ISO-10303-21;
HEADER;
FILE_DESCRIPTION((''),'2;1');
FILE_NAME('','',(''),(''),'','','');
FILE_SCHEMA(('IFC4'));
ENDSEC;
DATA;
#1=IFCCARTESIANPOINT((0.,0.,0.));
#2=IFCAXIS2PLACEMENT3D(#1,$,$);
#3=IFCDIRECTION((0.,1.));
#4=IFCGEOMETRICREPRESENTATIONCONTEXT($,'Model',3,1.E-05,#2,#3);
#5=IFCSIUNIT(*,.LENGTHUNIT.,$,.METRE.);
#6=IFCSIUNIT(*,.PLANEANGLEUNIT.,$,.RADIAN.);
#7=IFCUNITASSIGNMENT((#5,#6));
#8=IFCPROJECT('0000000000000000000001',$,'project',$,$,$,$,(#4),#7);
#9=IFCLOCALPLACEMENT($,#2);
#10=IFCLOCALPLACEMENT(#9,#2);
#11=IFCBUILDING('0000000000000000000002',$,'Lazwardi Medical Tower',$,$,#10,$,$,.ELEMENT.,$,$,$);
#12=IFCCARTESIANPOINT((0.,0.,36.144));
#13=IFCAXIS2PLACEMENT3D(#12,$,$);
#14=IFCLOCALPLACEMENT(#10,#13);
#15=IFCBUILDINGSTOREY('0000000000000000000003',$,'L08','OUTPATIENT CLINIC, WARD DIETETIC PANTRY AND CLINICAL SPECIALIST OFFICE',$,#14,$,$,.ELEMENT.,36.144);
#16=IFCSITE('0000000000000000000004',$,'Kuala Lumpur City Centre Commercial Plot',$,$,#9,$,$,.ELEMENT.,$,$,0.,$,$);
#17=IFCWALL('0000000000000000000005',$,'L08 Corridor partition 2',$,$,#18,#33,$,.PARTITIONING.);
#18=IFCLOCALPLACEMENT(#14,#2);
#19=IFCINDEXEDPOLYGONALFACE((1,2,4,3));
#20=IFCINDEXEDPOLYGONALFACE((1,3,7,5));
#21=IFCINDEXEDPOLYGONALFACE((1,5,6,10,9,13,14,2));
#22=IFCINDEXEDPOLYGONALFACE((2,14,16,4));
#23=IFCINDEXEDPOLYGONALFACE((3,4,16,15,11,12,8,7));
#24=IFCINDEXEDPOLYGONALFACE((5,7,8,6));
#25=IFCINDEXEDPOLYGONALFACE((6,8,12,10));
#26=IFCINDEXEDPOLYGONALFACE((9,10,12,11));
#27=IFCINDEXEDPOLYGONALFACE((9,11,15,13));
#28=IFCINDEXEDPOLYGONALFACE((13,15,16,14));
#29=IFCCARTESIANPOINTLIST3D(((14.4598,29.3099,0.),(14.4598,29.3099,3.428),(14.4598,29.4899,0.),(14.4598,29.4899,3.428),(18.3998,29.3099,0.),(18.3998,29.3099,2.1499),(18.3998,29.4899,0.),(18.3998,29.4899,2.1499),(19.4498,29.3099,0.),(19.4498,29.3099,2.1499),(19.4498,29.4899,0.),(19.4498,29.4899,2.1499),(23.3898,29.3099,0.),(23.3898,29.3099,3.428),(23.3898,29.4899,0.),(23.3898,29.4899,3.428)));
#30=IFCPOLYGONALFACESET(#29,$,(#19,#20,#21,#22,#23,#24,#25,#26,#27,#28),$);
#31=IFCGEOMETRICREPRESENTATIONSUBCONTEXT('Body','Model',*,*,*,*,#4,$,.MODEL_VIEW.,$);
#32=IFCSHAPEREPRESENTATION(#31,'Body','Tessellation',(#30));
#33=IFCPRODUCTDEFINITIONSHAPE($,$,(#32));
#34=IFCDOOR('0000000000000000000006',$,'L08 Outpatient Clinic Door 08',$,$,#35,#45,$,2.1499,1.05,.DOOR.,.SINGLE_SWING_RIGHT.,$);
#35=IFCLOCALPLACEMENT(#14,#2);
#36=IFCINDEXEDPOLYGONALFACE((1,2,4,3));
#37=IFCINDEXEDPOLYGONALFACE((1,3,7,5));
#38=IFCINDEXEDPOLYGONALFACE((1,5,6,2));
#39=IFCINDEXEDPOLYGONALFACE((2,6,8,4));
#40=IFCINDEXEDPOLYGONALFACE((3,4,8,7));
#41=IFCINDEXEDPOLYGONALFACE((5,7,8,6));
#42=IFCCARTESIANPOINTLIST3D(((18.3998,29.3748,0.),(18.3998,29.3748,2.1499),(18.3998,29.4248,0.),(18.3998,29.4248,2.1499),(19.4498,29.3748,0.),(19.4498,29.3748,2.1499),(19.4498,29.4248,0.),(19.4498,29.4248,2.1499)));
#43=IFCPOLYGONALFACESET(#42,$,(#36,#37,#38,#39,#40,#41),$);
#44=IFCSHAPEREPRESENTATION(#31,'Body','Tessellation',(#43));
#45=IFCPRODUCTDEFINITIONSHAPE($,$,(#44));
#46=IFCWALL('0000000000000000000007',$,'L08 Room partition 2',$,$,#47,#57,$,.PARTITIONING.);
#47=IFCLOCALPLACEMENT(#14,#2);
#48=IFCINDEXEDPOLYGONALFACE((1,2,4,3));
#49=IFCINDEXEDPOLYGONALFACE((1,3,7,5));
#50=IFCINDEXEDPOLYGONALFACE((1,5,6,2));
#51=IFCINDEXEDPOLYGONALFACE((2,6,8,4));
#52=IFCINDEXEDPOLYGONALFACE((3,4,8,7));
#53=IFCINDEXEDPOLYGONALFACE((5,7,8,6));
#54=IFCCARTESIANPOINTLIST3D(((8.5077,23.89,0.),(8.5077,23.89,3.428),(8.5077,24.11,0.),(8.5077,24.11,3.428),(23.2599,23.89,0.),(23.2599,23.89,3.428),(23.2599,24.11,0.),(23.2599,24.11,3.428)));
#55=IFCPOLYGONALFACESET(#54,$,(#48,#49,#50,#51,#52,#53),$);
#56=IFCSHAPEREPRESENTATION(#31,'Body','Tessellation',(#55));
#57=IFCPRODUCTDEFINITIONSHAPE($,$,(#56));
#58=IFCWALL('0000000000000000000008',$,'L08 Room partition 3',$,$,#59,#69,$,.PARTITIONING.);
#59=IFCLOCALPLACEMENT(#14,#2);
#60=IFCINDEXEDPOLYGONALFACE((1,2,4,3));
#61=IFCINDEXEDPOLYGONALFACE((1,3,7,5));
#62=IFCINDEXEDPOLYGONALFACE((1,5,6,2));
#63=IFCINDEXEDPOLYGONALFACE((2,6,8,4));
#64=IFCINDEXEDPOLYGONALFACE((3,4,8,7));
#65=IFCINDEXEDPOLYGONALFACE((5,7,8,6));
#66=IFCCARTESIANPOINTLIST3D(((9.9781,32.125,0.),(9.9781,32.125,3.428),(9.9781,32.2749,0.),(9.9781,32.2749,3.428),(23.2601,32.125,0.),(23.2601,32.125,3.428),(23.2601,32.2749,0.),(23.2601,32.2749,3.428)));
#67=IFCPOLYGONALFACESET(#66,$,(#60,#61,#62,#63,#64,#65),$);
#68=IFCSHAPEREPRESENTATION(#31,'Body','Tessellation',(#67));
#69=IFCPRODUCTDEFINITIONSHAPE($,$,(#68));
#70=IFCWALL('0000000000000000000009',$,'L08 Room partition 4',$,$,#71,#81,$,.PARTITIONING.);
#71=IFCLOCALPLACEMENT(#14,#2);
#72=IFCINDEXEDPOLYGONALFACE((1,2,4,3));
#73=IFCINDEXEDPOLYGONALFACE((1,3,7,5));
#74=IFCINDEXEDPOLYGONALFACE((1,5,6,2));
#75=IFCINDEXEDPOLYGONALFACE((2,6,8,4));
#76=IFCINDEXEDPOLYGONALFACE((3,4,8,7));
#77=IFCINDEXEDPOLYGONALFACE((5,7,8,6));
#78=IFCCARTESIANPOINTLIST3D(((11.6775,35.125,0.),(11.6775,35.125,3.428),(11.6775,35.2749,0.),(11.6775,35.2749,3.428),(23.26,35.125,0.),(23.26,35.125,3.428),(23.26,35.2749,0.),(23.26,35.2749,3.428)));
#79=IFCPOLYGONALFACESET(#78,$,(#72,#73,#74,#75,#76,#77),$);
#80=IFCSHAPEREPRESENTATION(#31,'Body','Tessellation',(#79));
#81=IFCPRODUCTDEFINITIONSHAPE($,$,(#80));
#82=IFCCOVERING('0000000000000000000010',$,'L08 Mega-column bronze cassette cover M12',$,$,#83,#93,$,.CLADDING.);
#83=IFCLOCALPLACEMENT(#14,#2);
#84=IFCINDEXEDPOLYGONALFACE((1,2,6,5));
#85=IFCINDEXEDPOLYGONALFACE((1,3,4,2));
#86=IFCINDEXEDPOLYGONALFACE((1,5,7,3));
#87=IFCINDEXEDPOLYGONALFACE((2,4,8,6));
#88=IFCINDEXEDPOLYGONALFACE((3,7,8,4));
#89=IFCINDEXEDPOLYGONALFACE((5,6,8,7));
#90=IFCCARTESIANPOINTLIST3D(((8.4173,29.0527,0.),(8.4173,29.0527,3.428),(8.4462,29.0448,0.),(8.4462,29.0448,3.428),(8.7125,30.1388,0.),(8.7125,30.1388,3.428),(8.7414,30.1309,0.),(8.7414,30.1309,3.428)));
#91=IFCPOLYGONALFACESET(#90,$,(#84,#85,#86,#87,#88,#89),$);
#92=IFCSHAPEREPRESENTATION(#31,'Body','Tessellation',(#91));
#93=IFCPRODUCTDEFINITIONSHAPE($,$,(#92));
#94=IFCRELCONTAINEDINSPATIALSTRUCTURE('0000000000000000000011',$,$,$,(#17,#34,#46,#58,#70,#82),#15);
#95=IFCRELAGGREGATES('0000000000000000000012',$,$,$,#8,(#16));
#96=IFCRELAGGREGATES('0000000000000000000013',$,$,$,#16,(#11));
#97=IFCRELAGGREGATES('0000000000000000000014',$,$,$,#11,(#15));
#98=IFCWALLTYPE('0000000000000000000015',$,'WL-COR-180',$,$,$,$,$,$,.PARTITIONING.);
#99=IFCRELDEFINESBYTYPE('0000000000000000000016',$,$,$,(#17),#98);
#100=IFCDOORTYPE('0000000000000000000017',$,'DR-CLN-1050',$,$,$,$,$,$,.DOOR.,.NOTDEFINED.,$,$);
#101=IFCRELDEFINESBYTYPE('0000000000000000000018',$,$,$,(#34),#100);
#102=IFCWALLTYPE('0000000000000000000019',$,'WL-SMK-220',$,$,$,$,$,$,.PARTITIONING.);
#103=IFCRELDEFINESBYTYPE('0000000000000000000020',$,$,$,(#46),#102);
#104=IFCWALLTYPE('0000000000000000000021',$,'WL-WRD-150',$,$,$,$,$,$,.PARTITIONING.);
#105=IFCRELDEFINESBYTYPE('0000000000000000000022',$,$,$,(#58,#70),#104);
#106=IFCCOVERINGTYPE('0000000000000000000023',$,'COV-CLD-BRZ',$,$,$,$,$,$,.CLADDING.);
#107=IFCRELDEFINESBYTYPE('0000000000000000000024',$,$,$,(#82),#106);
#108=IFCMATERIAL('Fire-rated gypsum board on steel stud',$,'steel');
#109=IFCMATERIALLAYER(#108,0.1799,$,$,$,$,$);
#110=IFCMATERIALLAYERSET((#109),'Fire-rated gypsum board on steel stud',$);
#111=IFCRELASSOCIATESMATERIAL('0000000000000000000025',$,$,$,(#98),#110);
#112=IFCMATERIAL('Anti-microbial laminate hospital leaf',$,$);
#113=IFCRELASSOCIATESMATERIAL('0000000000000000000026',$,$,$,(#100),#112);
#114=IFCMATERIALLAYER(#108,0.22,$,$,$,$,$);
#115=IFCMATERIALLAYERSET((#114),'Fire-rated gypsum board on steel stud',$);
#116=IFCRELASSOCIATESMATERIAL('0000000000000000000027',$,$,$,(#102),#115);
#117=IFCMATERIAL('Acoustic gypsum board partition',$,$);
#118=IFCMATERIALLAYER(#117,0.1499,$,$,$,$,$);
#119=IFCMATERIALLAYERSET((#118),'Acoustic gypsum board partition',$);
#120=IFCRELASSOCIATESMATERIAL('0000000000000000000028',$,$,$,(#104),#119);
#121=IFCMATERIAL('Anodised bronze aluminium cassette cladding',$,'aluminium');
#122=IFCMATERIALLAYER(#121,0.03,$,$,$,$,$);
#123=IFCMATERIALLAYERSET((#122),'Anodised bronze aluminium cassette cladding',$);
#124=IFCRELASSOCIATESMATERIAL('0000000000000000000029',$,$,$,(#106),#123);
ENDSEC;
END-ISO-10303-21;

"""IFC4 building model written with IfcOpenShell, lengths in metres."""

from ifc_helpers import new_model, si_unit, direction, frame, frame_2d, origin, origin_2d, place, context, subcontext, project, spatial, rectangle, extrude, material, layer, layer_set, type_object, element, fill, save


model = new_model("IFC4")

# Units and contexts
model_context = context("Model", 3, precision=1e-05, world=origin(), true_north=direction((0.0, 1.0)))
body_context = subcontext(model_context, "Body", "Model", "MODEL_VIEW")
ifc_project = project(units=[si_unit("LENGTHUNIT", "METRE"), si_unit("PLANEANGLEUNIT", "RADIAN")], contexts=[model_context])

# Site, building, storey
site_placement = place(None, origin())
site = spatial("IfcSite", under=ifc_project, at=site_placement, Name="Kuala Lumpur City Centre Commercial Plot", CompositionType="ELEMENT", RefElevation=0.0)
building_placement = place(site_placement, origin())
building = spatial("IfcBuilding", under=site, at=building_placement, Name="Lazwardi Medical Tower", CompositionType="ELEMENT")
storey_placement = place(building_placement, frame((0.0, 0.0, 36.144)))
storey = spatial("IfcBuildingStorey", under=building, at=storey_placement, Name="L08", Description="OUTPATIENT CLINIC, WARD DIETETIC PANTRY AND CLINICAL SPECIALIST OFFICE", CompositionType="ELEMENT", Elevation=36.144)

# Shared definitions
ifc_material_1 = material(Name="Fire-rated gypsum board on steel stud", Category="steel")
ifc_layer_1 = layer(ifc_material_1, 0.1799)
ifc_layer_set_1 = layer_set([ifc_layer_1], Name="Fire-rated gypsum board on steel stud")
wall_type_1 = type_object("IfcWallType", Name="WL-COR-180", PredefinedType="PARTITIONING", material=ifc_layer_set_1)

# Wall, opening, door
wall_1_placement = place(storey_placement, frame((14.46, 29.3999, 0.0), z_axis=(0.0, 0.0, 1.0), x_axis=(1.0, 0.0, 0.0)))
wall_1 = element("IfcWall", 1, at=wall_1_placement, inside=storey, type_object=wall_type_1, Name="L08 Corridor partition 2", PredefinedType="PARTITIONING", context=body_context, shape_type="SweptSolid", body=[
    extrude(rectangle(XDim=8.9299, YDim=0.1799, at=frame_2d((4.4648, 0.0))), origin(), (0.0, 0.0, 1.0), 3.428),
])
opening_placement = place(wall_1_placement, frame((3.9399, 0.0, 0.0)))
opening = element("IfcOpeningElement", 2, at=opening_placement, cuts=wall_1, PredefinedType="OPENING", context=body_context, shape_type="SweptSolid", body=[
    extrude(rectangle(XDim=1.05, YDim=2.1499, at=frame_2d((0.5249, 1.075))), frame((0.0, 0.0999, 0.0), z_axis=(0.0, -1.0, 0.0), x_axis=(1.0, 0.0, 0.0)), (0.0, 0.0, 1.0), 0.2),
])
ifc_material_2 = material(Name="Anti-microbial laminate hospital leaf")
door_type = type_object("IfcDoorType", Name="DR-CLN-1050", OperationType="NOTDEFINED", PredefinedType="DOOR", material=ifc_material_2)
door_placement = place(opening_placement, origin())
door = element("IfcDoor", 3, at=door_placement, inside=storey, type_object=door_type, Name="L08 Outpatient Clinic Door 08", OperationType="SINGLE_SWING_RIGHT", OverallHeight=2.1499, OverallWidth=1.05, PredefinedType="DOOR", context=body_context, shape_type="SweptSolid", body=[
    extrude(rectangle(XDim=1.05, YDim=2.1499, at=frame_2d((0.5249, 1.075))), frame((0.0, 0.0249, 0.0), z_axis=(0.0, -1.0, 0.0), x_axis=(1.0, 0.0, 0.0)), (0.0, 0.0, 1.0), 0.05),
])
fill(opening, door)

# Walls
ifc_layer_2 = layer(ifc_material_1, 0.22)
ifc_layer_set_2 = layer_set([ifc_layer_2], Name="Fire-rated gypsum board on steel stud")
wall_type_2 = type_object("IfcWallType", Name="WL-SMK-220", PredefinedType="PARTITIONING", material=ifc_layer_set_2)
wall_2_placement = place(storey_placement, frame((8.5078, 24.0, 0.0), z_axis=(0.0, 0.0, 1.0), x_axis=(1.0, 0.0, 0.0)))
element("IfcWall", 4, at=wall_2_placement, inside=storey, type_object=wall_type_2, Name="L08 Room partition 2", PredefinedType="PARTITIONING", context=body_context, shape_type="SweptSolid", body=[
    extrude(rectangle(XDim=14.7522, YDim=0.22, at=frame_2d((7.376, 0.0))), origin(), (0.0, 0.0, 1.0), 3.428),
])
ifc_material_3 = material(Name="Acoustic gypsum board partition")
ifc_layer_3 = layer(ifc_material_3, 0.1499)
ifc_layer_set_3 = layer_set([ifc_layer_3], Name="Acoustic gypsum board partition")
wall_type_3 = type_object("IfcWallType", Name="WL-WRD-150", PredefinedType="PARTITIONING", material=ifc_layer_set_3)
wall_3_placement = place(storey_placement, frame((9.978, 32.2, 0.0), z_axis=(0.0, 0.0, 1.0), x_axis=(1.0, 0.0, 0.0)))
element("IfcWall", 5, at=wall_3_placement, inside=storey, type_object=wall_type_3, Name="L08 Room partition 3", PredefinedType="PARTITIONING", context=body_context, shape_type="SweptSolid", body=[
    extrude(rectangle(XDim=13.282, YDim=0.1499, at=frame_2d((6.6411, 0.0))), origin(), (0.0, 0.0, 1.0), 3.428),
])
wall_4_placement = place(storey_placement, frame((11.6775, 35.2, 0.0), z_axis=(0.0, 0.0, 1.0), x_axis=(1.0, 0.0, 0.0)))
element("IfcWall", 6, at=wall_4_placement, inside=storey, type_object=wall_type_3, Name="L08 Room partition 4", PredefinedType="PARTITIONING", context=body_context, shape_type="SweptSolid", body=[
    extrude(rectangle(XDim=11.5825, YDim=0.1499, at=frame_2d((5.7913, 0.0))), origin(), (0.0, 0.0, 1.0), 3.428),
])

# Covering
ifc_material_4 = material(Name="Anodised bronze aluminium cassette cladding", Category="aluminium")
ifc_layer_4 = layer(ifc_material_4, 0.03)
ifc_layer_set_4 = layer_set([ifc_layer_4], Name="Anodised bronze aluminium cassette cladding")
covering_type = type_object("IfcCoveringType", Name="COV-CLD-BRZ", PredefinedType="CLADDING", material=ifc_layer_set_4)
covering_placement = place(storey_placement, frame((8.5793, 29.5918, 0.0), z_axis=(0.0, 0.0, 1.0), x_axis=(-0.262283, -0.964991, 0.0)))
element("IfcCovering", 7, at=covering_placement, inside=storey, type_object=covering_type, Name="L08 Mega-column bronze cassette cover M12", PredefinedType="CLADDING", context=body_context, shape_type="SweptSolid", body=[
    extrude(rectangle(XDim=1.1255, YDim=0.03, at=origin_2d()), origin(), (0.0, 0.0, 1.0), 3.428),
])

save(model, "model.ifc")
